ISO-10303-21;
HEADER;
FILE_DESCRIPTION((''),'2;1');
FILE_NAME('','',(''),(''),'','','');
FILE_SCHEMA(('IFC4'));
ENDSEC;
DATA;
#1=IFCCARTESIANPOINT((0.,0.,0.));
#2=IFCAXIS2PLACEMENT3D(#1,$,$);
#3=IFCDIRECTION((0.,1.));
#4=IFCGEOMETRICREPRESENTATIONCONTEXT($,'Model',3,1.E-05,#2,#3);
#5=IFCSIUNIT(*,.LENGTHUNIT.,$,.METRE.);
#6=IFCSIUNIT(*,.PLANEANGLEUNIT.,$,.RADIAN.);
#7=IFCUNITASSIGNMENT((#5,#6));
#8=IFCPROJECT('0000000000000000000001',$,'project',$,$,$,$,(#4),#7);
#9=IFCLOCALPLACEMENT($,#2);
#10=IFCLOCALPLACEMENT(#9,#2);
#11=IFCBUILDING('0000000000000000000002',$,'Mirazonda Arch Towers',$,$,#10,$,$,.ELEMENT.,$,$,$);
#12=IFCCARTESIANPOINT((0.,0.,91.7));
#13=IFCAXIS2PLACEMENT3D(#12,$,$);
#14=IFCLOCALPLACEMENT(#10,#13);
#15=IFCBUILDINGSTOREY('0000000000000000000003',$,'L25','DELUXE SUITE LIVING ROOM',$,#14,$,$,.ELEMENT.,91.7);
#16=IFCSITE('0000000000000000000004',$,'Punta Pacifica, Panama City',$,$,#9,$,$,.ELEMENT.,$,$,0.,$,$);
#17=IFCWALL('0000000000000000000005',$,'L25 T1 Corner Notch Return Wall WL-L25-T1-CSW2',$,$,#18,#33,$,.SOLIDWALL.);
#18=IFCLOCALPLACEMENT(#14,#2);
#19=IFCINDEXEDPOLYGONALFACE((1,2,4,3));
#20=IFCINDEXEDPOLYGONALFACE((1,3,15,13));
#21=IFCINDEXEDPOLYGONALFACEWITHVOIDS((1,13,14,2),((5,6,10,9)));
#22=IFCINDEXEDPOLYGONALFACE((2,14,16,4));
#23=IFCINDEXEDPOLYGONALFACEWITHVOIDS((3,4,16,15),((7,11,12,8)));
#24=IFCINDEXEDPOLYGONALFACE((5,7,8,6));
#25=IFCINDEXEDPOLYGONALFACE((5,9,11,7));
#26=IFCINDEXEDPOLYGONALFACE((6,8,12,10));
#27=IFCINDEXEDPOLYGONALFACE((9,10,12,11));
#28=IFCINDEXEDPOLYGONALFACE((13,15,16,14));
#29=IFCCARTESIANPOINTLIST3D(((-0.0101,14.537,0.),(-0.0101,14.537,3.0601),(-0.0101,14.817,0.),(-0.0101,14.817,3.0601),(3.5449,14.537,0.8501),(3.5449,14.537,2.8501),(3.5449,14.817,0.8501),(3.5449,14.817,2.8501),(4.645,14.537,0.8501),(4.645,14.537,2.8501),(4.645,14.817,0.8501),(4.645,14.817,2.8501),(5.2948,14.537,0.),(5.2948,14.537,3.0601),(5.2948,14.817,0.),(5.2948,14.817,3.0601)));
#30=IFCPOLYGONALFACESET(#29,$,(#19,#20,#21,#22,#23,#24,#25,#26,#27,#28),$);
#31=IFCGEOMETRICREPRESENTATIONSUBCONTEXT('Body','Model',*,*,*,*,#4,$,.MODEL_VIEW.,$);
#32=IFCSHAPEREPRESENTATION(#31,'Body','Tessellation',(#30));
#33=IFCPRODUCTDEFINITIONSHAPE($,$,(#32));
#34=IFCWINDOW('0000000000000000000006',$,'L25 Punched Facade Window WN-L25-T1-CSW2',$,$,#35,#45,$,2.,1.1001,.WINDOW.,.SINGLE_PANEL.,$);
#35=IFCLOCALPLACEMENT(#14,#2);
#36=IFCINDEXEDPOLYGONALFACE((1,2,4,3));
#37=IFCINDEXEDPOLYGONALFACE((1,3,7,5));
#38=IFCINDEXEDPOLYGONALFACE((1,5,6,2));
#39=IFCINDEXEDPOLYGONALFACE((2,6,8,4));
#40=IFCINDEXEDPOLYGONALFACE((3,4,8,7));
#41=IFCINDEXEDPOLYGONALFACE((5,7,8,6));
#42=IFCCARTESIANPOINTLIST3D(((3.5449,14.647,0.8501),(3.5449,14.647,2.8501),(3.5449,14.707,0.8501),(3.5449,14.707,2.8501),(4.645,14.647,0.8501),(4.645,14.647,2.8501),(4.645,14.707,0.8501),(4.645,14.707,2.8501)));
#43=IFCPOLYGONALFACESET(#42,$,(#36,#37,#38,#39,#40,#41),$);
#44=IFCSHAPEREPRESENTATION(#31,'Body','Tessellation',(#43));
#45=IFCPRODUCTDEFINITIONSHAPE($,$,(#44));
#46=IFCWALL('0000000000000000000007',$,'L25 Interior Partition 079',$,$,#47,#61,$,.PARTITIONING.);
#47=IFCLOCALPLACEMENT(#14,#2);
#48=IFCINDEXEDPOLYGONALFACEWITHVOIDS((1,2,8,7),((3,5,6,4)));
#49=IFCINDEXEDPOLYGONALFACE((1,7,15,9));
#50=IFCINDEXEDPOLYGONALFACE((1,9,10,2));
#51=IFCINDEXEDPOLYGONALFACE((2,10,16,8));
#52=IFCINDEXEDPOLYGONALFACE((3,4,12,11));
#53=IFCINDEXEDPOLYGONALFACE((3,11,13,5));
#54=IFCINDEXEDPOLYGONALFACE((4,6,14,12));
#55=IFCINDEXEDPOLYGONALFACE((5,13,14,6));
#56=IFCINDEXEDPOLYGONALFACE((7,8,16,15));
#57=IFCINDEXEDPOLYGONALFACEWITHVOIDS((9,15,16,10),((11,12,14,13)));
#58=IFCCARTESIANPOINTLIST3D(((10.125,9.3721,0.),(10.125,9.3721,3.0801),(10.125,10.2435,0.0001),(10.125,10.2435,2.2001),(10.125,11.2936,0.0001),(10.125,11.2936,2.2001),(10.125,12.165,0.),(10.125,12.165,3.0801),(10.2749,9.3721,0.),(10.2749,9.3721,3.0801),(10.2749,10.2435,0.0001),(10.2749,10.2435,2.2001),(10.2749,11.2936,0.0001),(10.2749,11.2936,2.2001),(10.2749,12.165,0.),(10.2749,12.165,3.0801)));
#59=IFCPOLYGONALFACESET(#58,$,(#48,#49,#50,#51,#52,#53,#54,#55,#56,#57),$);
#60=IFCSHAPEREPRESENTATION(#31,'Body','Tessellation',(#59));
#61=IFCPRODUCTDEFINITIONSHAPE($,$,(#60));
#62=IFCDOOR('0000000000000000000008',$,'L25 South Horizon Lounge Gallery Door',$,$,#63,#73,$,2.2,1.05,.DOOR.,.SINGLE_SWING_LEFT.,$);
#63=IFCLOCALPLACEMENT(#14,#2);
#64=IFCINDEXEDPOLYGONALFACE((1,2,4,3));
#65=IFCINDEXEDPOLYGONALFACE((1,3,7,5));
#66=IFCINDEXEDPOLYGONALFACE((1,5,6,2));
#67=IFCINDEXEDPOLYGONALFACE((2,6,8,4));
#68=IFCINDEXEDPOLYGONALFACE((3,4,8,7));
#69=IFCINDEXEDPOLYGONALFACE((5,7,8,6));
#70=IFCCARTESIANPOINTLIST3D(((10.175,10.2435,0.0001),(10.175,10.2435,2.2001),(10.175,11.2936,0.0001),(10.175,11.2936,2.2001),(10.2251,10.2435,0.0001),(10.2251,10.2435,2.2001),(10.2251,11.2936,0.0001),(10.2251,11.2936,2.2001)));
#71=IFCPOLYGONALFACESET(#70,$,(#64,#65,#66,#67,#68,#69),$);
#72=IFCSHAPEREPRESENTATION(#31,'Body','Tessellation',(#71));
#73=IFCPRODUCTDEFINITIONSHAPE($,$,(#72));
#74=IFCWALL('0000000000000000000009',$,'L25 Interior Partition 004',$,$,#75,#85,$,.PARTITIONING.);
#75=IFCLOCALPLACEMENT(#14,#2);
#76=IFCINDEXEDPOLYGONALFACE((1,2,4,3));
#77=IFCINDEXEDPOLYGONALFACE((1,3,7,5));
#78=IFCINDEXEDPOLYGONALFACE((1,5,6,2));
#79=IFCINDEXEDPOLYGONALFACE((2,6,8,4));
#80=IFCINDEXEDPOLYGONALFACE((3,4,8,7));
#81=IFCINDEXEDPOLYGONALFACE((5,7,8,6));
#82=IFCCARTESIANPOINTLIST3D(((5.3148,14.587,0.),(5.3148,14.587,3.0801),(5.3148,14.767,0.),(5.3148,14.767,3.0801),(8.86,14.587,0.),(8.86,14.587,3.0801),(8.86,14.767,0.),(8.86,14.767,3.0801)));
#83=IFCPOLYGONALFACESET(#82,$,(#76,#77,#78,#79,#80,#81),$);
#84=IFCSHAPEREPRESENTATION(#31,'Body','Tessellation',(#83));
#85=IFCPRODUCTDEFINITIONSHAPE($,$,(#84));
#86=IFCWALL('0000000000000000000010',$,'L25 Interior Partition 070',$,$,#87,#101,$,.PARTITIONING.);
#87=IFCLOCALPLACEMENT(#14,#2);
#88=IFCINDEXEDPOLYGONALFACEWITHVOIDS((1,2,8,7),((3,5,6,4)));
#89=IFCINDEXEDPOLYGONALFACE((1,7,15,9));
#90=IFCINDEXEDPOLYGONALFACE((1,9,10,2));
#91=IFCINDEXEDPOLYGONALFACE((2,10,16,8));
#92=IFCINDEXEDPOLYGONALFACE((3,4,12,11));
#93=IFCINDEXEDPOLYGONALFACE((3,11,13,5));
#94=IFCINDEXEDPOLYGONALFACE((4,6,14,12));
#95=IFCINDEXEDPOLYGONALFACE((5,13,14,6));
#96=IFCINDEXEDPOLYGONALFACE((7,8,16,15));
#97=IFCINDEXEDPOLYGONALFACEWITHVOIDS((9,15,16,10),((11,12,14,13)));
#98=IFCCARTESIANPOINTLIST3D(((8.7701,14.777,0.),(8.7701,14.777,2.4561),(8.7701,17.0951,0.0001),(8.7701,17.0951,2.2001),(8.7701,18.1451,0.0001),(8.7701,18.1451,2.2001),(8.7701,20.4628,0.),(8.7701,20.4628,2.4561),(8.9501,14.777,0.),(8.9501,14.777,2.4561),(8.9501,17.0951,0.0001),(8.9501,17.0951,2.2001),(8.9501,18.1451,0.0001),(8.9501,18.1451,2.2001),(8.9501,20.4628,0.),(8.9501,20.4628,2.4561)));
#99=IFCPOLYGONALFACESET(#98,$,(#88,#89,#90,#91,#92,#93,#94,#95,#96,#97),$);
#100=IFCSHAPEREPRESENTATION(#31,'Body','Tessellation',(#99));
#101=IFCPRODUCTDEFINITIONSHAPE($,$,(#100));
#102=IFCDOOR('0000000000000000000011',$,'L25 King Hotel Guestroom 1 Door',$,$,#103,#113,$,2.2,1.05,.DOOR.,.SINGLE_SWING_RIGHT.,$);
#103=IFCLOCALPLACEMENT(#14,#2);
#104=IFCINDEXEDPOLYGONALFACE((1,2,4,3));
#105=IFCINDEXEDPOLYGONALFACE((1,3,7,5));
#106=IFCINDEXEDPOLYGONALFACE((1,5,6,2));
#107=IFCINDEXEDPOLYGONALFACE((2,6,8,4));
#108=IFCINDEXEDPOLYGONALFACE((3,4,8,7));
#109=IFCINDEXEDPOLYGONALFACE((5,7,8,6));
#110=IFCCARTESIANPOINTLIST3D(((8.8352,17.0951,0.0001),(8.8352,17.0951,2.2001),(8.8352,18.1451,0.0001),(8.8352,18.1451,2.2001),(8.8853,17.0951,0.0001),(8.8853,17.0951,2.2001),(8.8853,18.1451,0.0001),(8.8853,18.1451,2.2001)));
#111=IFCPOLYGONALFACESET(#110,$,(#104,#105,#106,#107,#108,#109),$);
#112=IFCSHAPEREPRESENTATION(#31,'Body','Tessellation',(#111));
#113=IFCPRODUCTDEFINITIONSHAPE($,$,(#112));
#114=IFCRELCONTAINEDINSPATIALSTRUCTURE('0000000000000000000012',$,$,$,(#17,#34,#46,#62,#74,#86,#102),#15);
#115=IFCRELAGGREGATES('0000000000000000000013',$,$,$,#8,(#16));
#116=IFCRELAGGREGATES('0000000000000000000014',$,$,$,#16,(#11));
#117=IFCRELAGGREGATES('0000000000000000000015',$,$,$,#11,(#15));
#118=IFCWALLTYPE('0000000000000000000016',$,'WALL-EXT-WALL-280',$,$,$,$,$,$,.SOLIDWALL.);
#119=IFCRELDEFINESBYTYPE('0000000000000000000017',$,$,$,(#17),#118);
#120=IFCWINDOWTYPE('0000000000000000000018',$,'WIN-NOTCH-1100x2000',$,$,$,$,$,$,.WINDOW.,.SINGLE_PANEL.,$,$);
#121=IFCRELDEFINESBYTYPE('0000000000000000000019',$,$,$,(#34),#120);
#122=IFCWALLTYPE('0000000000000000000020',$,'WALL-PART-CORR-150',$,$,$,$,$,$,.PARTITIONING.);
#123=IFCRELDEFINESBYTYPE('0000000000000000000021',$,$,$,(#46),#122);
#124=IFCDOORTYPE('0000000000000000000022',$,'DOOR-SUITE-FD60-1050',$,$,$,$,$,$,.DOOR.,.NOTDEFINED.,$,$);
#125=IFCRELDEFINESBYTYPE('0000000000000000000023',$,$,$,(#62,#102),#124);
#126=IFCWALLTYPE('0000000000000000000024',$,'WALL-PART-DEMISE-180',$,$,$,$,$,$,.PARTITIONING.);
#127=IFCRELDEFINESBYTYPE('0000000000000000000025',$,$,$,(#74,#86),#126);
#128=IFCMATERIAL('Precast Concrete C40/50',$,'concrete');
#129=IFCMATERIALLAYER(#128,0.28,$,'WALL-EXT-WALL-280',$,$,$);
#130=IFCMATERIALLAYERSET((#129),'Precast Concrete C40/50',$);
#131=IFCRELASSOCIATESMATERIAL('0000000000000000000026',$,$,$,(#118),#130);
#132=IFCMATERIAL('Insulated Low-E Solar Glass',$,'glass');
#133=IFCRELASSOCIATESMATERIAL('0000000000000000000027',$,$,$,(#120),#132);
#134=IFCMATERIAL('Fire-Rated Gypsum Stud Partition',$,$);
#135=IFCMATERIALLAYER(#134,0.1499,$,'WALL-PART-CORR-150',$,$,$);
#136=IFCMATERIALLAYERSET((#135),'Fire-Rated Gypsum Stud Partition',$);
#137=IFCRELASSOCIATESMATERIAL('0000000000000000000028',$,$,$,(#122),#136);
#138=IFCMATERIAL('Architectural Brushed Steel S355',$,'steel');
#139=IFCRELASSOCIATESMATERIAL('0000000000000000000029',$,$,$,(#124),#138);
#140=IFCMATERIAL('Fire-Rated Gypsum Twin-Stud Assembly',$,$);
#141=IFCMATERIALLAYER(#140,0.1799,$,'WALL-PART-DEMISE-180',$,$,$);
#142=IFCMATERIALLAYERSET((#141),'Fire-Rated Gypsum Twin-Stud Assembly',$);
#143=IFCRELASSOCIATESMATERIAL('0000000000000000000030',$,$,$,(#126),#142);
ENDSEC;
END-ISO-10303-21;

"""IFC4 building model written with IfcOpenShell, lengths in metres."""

from ifc_helpers import new_model, si_unit, direction, frame, frame_2d, origin, place, context, subcontext, project, spatial, rectangle, extrude, material, layer, layer_set, type_object, element, fill, save


model = new_model("IFC4")

# Units and contexts
model_context = context("Model", 3, precision=1e-05, world=origin(), true_north=direction((0.0, 1.0)))
body_context = subcontext(model_context, "Body", "Model", "MODEL_VIEW")
ifc_project = project(units=[si_unit("LENGTHUNIT", "METRE"), si_unit("PLANEANGLEUNIT", "RADIAN")], contexts=[model_context])

# Site, building, storey
site_placement = place(None, origin())
site = spatial("IfcSite", under=ifc_project, at=site_placement, Name="Punta Pacifica, Panama City", CompositionType="ELEMENT", RefElevation=0.0)
building_placement = place(site_placement, origin())
building = spatial("IfcBuilding", under=site, at=building_placement, Name="Mirazonda Arch Towers", CompositionType="ELEMENT")
storey_placement = place(building_placement, frame((0.0, 0.0, 91.7)))
storey = spatial("IfcBuildingStorey", under=building, at=storey_placement, Name="L25", Description="DELUXE SUITE LIVING ROOM", CompositionType="ELEMENT", Elevation=91.7)

# Shared definitions
ifc_material_1 = material(Name="Insulated Low-E Solar Glass", Category="glass")

# Wall, opening, window
ifc_material_2 = material(Name="Precast Concrete C40/50", Category="concrete")
ifc_layer_1 = layer(ifc_material_2, 0.28, Name="WALL-EXT-WALL-280")
ifc_layer_set_1 = layer_set([ifc_layer_1], Name="Precast Concrete C40/50")
wall_type_1 = type_object("IfcWallType", Name="WALL-EXT-WALL-280", PredefinedType="SOLIDWALL", material=ifc_layer_set_1)
wall_1_placement = place(storey_placement, frame((-0.01, 14.677, 0.0), z_axis=(0.0, 0.0, 1.0), x_axis=(1.0, 0.0, 0.0)))
wall_1 = element("IfcWall", 1, at=wall_1_placement, inside=storey, type_object=wall_type_1, Name="L25 T1 Corner Notch Return Wall WL-L25-T1-CSW2", PredefinedType="SOLIDWALL", context=body_context, shape_type="SweptSolid", body=[
    extrude(rectangle(XDim=5.3049, YDim=0.28, at=frame_2d((2.6523, 0.0))), origin(), (0.0, 0.0, 1.0), 3.0601),
])
opening_1_placement = place(wall_1_placement, frame((3.5549, 0.0, 0.8501)))
opening_1 = element("IfcOpeningElement", 2, at=opening_1_placement, cuts=wall_1, PredefinedType="OPENING", context=body_context, shape_type="SweptSolid", body=[
    extrude(rectangle(XDim=1.1001, YDim=2.0, at=frame_2d((0.55, 1.0))), frame((0.0, 0.1499, 0.0), z_axis=(0.0, -1.0, 0.0), x_axis=(1.0, 0.0, 0.0)), (0.0, 0.0, 1.0), 0.3),
])
window_type_1 = type_object("IfcWindowType", Name="WIN-NOTCH-1100x2000", PartitioningType="SINGLE_PANEL", PredefinedType="WINDOW", material=ifc_material_1)
window_1_placement = place(opening_1_placement, origin())
window_1 = element("IfcWindow", 3, at=window_1_placement, inside=storey, type_object=window_type_1, Name="L25 Punched Facade Window WN-L25-T1-CSW2", OverallHeight=2.0, OverallWidth=1.1001, PartitioningType="SINGLE_PANEL", PredefinedType="WINDOW", context=body_context, shape_type="SweptSolid", body=[
    extrude(rectangle(XDim=1.1001, YDim=2.0, at=frame_2d((0.55, 1.0))), frame((0.0, 0.03, 0.0), z_axis=(0.0, -1.0, 0.0), x_axis=(1.0, 0.0, 0.0)), (0.0, 0.0, 1.0), 0.0601),
])
fill(opening_1, window_1)

# Wall, opening, door
ifc_material_3 = material(Name="Fire-Rated Gypsum Stud Partition")
ifc_layer_2 = layer(ifc_material_3, 0.1499, Name="WALL-PART-CORR-150")
ifc_layer_set_2 = layer_set([ifc_layer_2], Name="Fire-Rated Gypsum Stud Partition")
wall_type_2 = type_object("IfcWallType", Name="WALL-PART-CORR-150", PredefinedType="PARTITIONING", material=ifc_layer_set_2)
wall_2_placement = place(storey_placement, frame((10.2, 9.3721, 0.0), z_axis=(0.0, 0.0, 1.0), x_axis=(0.0, 1.0, 0.0)))
wall_2 = element("IfcWall", 4, at=wall_2_placement, inside=storey, type_object=wall_type_2, Name="L25 Interior Partition 079", PredefinedType="PARTITIONING", context=body_context, shape_type="SweptSolid", body=[
    extrude(rectangle(XDim=2.793, YDim=0.1499, at=frame_2d((1.3965, 0.0))), origin(), (0.0, 0.0, 1.0), 3.0801),
])
opening_2_placement = place(wall_2_placement, frame((0.8716, 0.0, 0.0)))
opening_2 = element("IfcOpeningElement", 5, at=opening_2_placement, cuts=wall_2, PredefinedType="OPENING", context=body_context, shape_type="SweptSolid", body=[
    extrude(rectangle(XDim=1.05, YDim=2.2, at=frame_2d((0.5249, 1.1001))), frame((0.0, 0.085, 0.0), z_axis=(0.0, -1.0, 0.0), x_axis=(1.0, 0.0, 0.0)), (0.0, 0.0, 1.0), 0.1699),
])
ifc_material_4 = material(Name="Architectural Brushed Steel S355", Category="steel")
door_type_1 = type_object("IfcDoorType", Name="DOOR-SUITE-FD60-1050", OperationType="NOTDEFINED", PredefinedType="DOOR", material=ifc_material_4)
door_1_placement = place(opening_2_placement, origin())
door_1 = element("IfcDoor", 6, at=door_1_placement, inside=storey, type_object=door_type_1, Name="L25 South Horizon Lounge Gallery Door", OperationType="SINGLE_SWING_LEFT", OverallHeight=2.2, OverallWidth=1.05, PredefinedType="DOOR", context=body_context, shape_type="SweptSolid", body=[
    extrude(rectangle(XDim=1.05, YDim=2.2, at=frame_2d((0.5249, 1.1001))), frame((0.0, 0.0249, 0.0), z_axis=(0.0, -1.0, 0.0), x_axis=(1.0, 0.0, 0.0)), (0.0, 0.0, 1.0), 0.05),
])
fill(opening_2, door_1)

# Wall
ifc_material_5 = material(Name="Fire-Rated Gypsum Twin-Stud Assembly")
ifc_layer_3 = layer(ifc_material_5, 0.1799, Name="WALL-PART-DEMISE-180")
ifc_layer_set_3 = layer_set([ifc_layer_3], Name="Fire-Rated Gypsum Twin-Stud Assembly")
wall_type_3 = type_object("IfcWallType", Name="WALL-PART-DEMISE-180", PredefinedType="PARTITIONING", material=ifc_layer_set_3)
wall_3_placement = place(storey_placement, frame((5.3149, 14.677, 0.0), z_axis=(0.0, 0.0, 1.0), x_axis=(1.0, 0.0, 0.0)))
element("IfcWall", 7, at=wall_3_placement, inside=storey, type_object=wall_type_3, Name="L25 Interior Partition 004", PredefinedType="PARTITIONING", context=body_context, shape_type="SweptSolid", body=[
    extrude(rectangle(XDim=3.5452, YDim=0.1799, at=frame_2d((1.7725, 0.0))), origin(), (0.0, 0.0, 1.0), 3.0801),
])

# Wall, opening, door
wall_4_placement = place(storey_placement, frame((8.8601, 14.7771, 0.0), z_axis=(0.0, 0.0, 1.0), x_axis=(0.0, 1.0, 0.0)))
wall_4 = element("IfcWall", 8, at=wall_4_placement, inside=storey, type_object=wall_type_3, Name="L25 Interior Partition 070", PredefinedType="PARTITIONING", context=body_context, shape_type="SweptSolid", body=[
    extrude(rectangle(XDim=5.6858, YDim=0.1799, at=frame_2d((2.8428, 0.0))), origin(), (0.0, 0.0, 1.0), 2.4561),
])
opening_3_placement = place(wall_4_placement, frame((2.3181, 0.0, 0.0)))
opening_3 = element("IfcOpeningElement", 9, at=opening_3_placement, cuts=wall_4, PredefinedType="OPENING", context=body_context, shape_type="SweptSolid", body=[
    extrude(rectangle(XDim=1.05, YDim=2.2, at=frame_2d((0.5249, 1.1001))), frame((0.0, 0.0999, 0.0), z_axis=(0.0, -1.0, 0.0), x_axis=(1.0, 0.0, 0.0)), (0.0, 0.0, 1.0), 0.2),
])
door_2_placement = place(opening_3_placement, origin())
door_2 = element("IfcDoor", 10, at=door_2_placement, inside=storey, type_object=door_type_1, Name="L25 King Hotel Guestroom 1 Door", OperationType="SINGLE_SWING_RIGHT", OverallHeight=2.2, OverallWidth=1.05, PredefinedType="DOOR", context=body_context, shape_type="SweptSolid", body=[
    extrude(rectangle(XDim=1.05, YDim=2.2, at=frame_2d((0.5249, 1.1001))), frame((0.0, 0.0249, 0.0), z_axis=(0.0, -1.0, 0.0), x_axis=(1.0, 0.0, 0.0)), (0.0, 0.0, 1.0), 0.05),
])
fill(opening_3, door_2)

save(model, "model.ifc")
